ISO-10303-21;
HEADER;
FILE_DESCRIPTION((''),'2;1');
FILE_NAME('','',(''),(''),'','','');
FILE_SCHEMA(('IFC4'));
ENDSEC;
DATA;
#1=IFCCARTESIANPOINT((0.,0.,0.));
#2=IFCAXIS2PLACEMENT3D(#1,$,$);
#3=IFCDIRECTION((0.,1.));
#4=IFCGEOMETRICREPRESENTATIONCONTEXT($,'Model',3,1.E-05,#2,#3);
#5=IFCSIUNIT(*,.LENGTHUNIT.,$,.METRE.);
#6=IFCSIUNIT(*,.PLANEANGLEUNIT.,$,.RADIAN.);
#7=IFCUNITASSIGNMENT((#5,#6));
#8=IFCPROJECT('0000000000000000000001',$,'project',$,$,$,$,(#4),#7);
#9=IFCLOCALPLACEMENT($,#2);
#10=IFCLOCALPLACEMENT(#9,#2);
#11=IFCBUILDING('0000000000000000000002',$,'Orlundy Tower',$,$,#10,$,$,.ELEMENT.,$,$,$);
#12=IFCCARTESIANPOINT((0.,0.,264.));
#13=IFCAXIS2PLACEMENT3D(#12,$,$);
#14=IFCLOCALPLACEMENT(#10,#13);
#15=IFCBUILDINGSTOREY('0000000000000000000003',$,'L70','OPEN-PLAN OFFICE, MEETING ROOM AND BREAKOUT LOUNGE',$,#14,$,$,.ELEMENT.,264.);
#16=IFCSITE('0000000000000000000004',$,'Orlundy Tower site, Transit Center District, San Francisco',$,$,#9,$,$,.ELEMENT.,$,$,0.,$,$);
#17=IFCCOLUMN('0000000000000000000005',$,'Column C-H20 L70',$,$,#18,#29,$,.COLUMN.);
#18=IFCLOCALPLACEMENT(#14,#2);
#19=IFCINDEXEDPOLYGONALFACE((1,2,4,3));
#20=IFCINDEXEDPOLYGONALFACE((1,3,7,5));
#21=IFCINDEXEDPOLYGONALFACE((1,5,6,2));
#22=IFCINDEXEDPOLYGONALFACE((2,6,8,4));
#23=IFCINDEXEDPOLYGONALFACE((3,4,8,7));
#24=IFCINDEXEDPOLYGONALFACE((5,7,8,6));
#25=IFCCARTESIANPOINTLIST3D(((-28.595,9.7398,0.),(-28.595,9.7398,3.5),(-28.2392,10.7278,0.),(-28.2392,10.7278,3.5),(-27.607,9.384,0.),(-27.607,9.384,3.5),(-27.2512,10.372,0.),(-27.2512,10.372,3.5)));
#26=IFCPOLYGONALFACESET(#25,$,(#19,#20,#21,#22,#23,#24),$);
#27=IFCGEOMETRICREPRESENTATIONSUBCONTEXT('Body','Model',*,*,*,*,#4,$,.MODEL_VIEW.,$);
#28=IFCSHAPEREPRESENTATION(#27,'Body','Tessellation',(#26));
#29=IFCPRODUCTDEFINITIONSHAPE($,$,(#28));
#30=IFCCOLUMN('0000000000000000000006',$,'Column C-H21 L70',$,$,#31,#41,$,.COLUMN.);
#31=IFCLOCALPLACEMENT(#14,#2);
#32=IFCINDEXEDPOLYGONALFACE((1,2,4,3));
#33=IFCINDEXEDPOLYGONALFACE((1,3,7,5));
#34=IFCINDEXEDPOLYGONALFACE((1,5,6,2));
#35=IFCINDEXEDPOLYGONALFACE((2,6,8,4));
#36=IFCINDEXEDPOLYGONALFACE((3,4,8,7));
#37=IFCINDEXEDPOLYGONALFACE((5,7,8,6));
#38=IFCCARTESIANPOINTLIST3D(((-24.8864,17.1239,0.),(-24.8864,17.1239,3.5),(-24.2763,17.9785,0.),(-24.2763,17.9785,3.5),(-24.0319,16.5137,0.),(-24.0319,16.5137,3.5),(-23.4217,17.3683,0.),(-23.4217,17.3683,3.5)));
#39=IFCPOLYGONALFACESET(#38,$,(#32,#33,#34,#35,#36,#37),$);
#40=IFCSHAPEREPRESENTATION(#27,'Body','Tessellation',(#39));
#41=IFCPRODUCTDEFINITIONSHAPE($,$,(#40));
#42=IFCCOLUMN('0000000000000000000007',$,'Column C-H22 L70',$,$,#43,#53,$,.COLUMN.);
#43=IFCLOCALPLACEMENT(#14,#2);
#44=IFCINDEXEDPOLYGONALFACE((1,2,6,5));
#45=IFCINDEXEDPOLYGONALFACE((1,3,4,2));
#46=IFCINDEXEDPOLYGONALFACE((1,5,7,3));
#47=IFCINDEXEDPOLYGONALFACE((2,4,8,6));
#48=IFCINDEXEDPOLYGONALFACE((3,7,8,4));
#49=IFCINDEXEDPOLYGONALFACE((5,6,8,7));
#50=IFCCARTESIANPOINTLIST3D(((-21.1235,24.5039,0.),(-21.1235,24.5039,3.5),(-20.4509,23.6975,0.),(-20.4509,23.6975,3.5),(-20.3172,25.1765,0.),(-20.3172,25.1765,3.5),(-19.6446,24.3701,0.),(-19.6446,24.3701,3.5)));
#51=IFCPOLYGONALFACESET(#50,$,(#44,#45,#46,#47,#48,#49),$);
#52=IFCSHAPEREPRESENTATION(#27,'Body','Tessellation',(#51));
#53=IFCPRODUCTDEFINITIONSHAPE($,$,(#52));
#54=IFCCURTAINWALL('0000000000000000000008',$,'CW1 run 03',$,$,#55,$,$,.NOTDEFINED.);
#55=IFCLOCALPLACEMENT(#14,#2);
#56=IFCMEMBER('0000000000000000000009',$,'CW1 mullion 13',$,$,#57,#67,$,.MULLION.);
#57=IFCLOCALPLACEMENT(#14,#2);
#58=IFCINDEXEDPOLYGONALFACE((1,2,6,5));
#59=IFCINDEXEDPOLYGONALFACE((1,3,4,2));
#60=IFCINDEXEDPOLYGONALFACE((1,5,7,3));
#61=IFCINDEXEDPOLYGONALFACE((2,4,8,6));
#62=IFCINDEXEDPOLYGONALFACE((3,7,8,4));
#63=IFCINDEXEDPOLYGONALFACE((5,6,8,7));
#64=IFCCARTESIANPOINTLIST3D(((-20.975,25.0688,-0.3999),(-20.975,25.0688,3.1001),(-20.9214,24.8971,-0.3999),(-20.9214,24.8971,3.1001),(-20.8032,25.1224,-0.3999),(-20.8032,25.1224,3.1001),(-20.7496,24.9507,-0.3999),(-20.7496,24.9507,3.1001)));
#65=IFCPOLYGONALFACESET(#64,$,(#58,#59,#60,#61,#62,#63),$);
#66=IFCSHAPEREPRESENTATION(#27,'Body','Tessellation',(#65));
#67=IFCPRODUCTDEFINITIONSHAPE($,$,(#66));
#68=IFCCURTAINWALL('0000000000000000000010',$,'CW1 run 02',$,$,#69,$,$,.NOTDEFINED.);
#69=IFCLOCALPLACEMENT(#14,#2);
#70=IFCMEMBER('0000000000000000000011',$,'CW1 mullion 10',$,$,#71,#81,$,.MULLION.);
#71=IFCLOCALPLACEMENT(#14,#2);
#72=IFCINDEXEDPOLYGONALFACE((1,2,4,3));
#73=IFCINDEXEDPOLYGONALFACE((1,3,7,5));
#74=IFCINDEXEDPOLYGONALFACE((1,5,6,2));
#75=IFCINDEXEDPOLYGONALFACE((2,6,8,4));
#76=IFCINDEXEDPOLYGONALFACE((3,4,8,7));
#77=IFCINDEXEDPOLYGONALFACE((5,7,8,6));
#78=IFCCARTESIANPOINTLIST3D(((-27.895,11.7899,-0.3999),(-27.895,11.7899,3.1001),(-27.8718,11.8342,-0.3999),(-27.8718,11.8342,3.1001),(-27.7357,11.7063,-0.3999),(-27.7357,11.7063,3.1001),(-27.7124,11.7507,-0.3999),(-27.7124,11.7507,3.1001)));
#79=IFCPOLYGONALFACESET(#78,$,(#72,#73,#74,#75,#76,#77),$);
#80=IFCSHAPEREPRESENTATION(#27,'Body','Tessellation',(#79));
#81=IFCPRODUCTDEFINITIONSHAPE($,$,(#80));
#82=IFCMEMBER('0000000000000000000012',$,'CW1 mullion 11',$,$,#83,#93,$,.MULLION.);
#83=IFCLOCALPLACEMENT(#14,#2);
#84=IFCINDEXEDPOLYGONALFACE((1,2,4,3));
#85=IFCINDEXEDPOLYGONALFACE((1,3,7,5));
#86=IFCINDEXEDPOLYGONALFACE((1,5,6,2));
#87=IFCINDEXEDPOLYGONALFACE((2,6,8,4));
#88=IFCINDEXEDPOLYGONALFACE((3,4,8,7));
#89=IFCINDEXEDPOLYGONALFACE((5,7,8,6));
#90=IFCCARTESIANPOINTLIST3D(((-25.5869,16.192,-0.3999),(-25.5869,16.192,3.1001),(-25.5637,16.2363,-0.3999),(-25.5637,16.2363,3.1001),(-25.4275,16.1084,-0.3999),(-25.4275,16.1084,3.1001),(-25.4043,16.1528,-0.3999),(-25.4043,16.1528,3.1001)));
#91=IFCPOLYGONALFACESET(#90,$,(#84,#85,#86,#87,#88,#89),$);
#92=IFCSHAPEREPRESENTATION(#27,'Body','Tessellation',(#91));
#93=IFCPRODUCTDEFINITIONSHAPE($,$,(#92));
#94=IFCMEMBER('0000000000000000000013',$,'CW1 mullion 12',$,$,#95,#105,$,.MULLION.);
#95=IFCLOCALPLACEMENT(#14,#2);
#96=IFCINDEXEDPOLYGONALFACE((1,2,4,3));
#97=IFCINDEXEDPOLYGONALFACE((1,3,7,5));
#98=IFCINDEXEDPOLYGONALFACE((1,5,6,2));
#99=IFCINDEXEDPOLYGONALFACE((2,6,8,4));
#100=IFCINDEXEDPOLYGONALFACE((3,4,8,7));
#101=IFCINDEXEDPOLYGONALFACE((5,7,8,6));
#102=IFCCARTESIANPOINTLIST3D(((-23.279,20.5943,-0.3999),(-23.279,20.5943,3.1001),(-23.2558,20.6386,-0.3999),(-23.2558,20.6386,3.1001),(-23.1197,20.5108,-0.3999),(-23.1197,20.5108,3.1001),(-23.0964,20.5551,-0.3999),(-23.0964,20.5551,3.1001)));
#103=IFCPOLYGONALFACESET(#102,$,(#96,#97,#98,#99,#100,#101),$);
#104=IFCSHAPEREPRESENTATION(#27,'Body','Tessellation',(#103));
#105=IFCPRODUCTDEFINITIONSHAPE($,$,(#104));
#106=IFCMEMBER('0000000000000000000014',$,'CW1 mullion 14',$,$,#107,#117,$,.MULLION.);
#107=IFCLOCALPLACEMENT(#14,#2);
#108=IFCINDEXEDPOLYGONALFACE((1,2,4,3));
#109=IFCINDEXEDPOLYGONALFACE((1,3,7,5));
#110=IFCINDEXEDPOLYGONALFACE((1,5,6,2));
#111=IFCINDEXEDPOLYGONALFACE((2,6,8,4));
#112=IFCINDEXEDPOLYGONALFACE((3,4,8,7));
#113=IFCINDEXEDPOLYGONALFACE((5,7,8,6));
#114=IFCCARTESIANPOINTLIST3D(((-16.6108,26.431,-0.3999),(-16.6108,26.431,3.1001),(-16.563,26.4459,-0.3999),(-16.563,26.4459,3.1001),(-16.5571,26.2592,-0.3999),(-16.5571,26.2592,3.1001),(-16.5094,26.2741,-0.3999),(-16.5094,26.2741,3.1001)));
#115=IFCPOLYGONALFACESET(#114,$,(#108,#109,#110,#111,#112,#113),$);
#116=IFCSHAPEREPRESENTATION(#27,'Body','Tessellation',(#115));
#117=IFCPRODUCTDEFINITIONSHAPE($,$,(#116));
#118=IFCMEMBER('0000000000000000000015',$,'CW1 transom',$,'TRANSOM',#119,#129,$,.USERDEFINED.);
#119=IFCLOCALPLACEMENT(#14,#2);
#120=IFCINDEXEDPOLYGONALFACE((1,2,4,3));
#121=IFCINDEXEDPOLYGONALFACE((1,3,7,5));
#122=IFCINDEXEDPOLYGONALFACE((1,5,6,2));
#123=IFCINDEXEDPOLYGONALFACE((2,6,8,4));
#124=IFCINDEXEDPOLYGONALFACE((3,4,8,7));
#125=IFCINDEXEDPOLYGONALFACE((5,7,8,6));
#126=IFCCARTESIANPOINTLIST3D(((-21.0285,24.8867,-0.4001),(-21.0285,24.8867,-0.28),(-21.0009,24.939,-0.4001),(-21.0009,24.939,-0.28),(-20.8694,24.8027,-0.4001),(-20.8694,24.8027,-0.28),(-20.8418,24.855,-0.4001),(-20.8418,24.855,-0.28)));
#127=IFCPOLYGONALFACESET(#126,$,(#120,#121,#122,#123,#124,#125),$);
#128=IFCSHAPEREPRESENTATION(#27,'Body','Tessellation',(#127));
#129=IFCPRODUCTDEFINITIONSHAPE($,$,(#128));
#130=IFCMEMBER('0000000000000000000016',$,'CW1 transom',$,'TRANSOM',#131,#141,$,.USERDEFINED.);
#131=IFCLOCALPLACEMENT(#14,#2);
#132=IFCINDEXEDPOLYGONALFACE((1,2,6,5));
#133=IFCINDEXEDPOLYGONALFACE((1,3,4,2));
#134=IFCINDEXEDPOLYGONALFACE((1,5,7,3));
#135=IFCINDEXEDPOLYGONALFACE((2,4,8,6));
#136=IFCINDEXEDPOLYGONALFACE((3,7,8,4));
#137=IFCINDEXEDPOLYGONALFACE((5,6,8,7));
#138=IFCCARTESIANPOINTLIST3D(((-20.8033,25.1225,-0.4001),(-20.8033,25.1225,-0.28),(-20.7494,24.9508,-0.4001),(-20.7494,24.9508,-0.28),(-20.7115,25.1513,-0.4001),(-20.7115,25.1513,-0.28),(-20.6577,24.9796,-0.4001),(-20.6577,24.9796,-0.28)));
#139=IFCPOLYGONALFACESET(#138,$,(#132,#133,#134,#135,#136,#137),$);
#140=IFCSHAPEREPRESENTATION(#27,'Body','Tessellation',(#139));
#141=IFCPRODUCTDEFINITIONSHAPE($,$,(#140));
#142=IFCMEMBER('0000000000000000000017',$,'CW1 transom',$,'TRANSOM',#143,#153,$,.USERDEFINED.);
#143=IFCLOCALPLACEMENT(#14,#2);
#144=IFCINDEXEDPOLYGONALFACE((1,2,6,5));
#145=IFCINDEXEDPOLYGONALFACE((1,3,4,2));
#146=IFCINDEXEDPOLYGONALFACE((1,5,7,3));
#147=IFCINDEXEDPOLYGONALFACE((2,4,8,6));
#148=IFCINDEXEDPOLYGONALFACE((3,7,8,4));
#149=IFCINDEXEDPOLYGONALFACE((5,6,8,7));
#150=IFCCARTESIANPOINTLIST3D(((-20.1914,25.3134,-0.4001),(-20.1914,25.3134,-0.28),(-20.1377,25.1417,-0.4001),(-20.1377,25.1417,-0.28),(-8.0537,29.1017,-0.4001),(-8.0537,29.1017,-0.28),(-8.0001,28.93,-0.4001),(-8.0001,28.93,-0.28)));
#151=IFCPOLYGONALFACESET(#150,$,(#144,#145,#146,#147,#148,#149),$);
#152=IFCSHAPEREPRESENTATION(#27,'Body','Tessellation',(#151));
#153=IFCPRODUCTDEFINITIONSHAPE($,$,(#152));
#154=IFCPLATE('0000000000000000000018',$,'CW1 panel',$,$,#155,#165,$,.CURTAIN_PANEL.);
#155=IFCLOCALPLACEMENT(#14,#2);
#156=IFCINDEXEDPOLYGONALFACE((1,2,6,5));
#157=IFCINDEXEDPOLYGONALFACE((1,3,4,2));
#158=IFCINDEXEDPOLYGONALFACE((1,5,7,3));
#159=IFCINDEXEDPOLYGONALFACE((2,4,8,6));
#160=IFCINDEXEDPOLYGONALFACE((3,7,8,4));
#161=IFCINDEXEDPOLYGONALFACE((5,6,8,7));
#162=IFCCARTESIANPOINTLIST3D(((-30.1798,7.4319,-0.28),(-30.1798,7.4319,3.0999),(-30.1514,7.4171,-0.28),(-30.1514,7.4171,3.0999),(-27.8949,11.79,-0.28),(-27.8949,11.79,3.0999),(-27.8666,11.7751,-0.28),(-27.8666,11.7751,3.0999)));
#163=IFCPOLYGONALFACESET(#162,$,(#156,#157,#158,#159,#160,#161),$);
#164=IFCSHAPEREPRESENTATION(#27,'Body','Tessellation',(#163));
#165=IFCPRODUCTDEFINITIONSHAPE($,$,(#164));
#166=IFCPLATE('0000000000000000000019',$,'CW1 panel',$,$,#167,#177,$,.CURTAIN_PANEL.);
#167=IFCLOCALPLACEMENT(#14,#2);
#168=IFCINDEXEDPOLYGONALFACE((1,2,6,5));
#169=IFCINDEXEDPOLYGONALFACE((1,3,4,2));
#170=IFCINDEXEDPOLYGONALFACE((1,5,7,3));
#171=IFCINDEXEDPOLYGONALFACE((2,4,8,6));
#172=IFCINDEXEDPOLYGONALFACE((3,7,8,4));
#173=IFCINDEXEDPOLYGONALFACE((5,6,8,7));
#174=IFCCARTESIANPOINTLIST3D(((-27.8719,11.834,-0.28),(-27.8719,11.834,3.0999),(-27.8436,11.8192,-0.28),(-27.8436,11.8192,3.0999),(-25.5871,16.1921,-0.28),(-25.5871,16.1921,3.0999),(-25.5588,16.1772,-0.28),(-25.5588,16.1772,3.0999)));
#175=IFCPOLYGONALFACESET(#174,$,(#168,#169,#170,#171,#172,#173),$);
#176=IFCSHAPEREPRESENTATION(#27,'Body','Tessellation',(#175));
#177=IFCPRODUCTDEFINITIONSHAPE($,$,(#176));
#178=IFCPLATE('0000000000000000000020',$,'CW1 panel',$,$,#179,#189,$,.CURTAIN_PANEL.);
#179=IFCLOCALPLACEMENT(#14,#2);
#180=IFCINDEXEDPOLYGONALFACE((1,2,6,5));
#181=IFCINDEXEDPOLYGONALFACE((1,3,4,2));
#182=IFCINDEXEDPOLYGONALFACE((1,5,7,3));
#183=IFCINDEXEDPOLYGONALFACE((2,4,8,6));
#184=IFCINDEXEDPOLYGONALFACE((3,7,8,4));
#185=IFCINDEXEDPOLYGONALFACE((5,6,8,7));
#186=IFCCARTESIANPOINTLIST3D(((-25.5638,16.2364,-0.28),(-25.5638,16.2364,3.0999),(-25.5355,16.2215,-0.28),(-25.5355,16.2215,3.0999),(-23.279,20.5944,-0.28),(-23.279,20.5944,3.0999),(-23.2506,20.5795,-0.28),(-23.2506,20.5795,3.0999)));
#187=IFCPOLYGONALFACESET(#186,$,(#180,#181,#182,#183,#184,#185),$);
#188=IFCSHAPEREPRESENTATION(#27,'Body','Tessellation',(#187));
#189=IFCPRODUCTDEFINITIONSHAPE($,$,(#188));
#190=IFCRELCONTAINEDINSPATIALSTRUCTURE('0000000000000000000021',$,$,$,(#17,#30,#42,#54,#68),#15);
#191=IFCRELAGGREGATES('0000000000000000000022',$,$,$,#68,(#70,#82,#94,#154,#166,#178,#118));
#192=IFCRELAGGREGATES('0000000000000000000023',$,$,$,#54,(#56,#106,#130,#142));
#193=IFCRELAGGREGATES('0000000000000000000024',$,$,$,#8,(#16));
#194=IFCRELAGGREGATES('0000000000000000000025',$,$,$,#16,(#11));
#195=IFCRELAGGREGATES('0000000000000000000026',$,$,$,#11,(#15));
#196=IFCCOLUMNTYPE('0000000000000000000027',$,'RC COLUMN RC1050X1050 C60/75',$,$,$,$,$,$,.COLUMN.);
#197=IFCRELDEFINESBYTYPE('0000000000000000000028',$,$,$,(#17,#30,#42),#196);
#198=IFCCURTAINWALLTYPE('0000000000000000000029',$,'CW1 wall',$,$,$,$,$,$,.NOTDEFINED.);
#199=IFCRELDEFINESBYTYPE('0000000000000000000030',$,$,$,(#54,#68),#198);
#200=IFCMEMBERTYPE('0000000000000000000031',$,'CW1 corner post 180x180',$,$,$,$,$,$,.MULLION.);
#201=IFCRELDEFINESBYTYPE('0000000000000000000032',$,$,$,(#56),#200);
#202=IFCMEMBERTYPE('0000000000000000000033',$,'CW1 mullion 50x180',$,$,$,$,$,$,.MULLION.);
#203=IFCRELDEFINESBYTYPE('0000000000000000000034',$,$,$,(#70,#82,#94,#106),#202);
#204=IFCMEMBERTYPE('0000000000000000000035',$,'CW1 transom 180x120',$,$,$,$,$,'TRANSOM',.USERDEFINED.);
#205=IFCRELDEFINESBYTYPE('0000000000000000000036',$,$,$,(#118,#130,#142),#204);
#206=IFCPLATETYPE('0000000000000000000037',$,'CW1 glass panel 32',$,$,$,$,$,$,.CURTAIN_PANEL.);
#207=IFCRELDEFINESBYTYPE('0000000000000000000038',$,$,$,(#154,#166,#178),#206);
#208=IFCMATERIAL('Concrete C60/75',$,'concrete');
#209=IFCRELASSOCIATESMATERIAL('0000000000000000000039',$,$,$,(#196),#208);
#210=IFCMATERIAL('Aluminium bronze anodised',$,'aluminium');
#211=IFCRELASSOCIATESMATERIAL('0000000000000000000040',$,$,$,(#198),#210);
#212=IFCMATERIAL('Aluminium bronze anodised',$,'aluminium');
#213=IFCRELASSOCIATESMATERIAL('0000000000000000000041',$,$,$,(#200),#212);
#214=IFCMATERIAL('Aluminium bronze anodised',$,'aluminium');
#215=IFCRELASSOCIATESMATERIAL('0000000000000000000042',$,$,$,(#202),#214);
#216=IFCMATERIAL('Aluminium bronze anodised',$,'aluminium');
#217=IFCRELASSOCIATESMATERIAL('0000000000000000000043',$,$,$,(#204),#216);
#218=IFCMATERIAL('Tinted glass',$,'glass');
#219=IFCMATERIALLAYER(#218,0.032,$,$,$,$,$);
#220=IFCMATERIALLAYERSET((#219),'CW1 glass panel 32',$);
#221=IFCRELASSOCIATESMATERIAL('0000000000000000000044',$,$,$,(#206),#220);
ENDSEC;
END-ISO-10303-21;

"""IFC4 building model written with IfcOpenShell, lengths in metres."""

from ifc_helpers import new_model, si_unit, direction, frame, origin, origin_2d, place, context, subcontext, project, spatial, rectangle, extrude, material, layer, layer_set, material_profile, profile_set, type_object, element, aggregate, save


model = new_model("IFC4")

# Units and contexts
model_context = context("Model", 3, precision=1e-05, world=origin(), true_north=direction((0.0, 1.0)))
body_context = subcontext(model_context, "Body", "Model", "MODEL_VIEW")
ifc_project = project(units=[si_unit("LENGTHUNIT", "METRE"), si_unit("PLANEANGLEUNIT", "RADIAN")], contexts=[model_context])

# Site, building, storey
site_placement = place(None, origin())
site = spatial("IfcSite", under=ifc_project, at=site_placement, Name="Orlundy Tower site, Transit Center District, San Francisco", CompositionType="ELEMENT", RefElevation=0.0)
building_placement = place(site_placement, origin())
building = spatial("IfcBuilding", under=site, at=building_placement, Name="Orlundy Tower", CompositionType="ELEMENT")
storey_placement = place(building_placement, frame((0.0, 0.0, 264.0)))
storey = spatial("IfcBuildingStorey", under=building, at=storey_placement, Name="L70", Description="OPEN-PLAN OFFICE, MEETING ROOM AND BREAKOUT LOUNGE", CompositionType="ELEMENT", Elevation=264.0)

# Columns
ifc_material_1 = material(Name="Concrete C60/75", Category="concrete")
ifc_material_profile_1 = material_profile(ifc_material_1, rectangle(XDim=1.05, YDim=1.05, at=origin_2d()), Name="RC1050X1050")
ifc_profile_set_1 = profile_set([ifc_material_profile_1], Name="Concrete C60/75")
column_type = type_object("IfcColumnType", Name="RC COLUMN RC1050X1050 C60/75", PredefinedType="COLUMN", material=ifc_profile_set_1)
for number, where, z_axis, x_axis, name in (
    (1, (-27.9231, 10.0559, 0.0), (0.0, 0.0, 1.0), (-0.940845, 0.338836, 0.0), "Column C-H20 L70"),
    (2, (-24.1541, 17.2461, 0.0), (0.0, 0.0, 1.0), (-0.813842, 0.581087, 0.0), "Column C-H21 L70"),
    (3, (-20.384, 24.437, 0.0), (0.0, 0.0, 1.0), (-0.640552, 0.767915, 0.0), "Column C-H22 L70"),
):
    element("IfcColumn", number, at=place(storey_placement, frame(where, z_axis=z_axis, x_axis=x_axis)), inside=storey, type_object=column_type, Name=name, PredefinedType="COLUMN", context=body_context, shape_type="SweptSolid", body=[
        extrude(rectangle(XDim=1.05, YDim=1.05, at=origin_2d()), origin(), (0.0, 0.0, 1.0), 3.5),
    ])

# Curtain wall, member
ifc_material_2 = material(Name="Aluminium bronze anodised", Category="aluminium")
curtain_wall_type = type_object("IfcCurtainWallType", Name="CW1 wall", PredefinedType="NOTDEFINED", material=ifc_material_2)
curtain_wall_1_placement = place(storey_placement, origin())
curtain_wall_1 = element("IfcCurtainWall", 4, at=curtain_wall_1_placement, inside=storey, type_object=curtain_wall_type, Name="CW1 run 03", PredefinedType="NOTDEFINED")
ifc_material_3 = material(Name="Aluminium bronze anodised", Category="aluminium")
ifc_material_profile_2 = material_profile(ifc_material_3, rectangle(XDim=0.1799, YDim=0.1799, at=origin_2d()), Name="CW1 corner post 180x180")
ifc_profile_set_2 = profile_set([ifc_material_profile_2], Name="Aluminium bronze anodised")
member_type_1 = type_object("IfcMemberType", Name="CW1 corner post 180x180", PredefinedType="MULLION", material=ifc_profile_set_2)
member_1_placement = place(storey_placement, frame((-20.8623, 25.0098, -0.3999), z_axis=(0.0, 0.0, 1.0), x_axis=(-0.297935, 0.954586, 0.0)))
member_1 = element("IfcMember", 5, at=member_1_placement, type_object=member_type_1, Name="CW1 mullion 13", PredefinedType="MULLION", context=body_context, shape_type="SweptSolid", body=[
    extrude(rectangle(XDim=0.1799, YDim=0.1799, at=origin_2d()), origin(), (0.0, 0.0, 1.0), 3.5),
])

# Curtain wall, members
curtain_wall_2_placement = place(storey_placement, origin())
curtain_wall_2 = element("IfcCurtainWall", 6, at=curtain_wall_2_placement, inside=storey, type_object=curtain_wall_type, Name="CW1 run 02", PredefinedType="NOTDEFINED")
ifc_material_4 = material(Name="Aluminium bronze anodised", Category="aluminium")
ifc_material_profile_3 = material_profile(ifc_material_4, rectangle(XDim=0.1799, YDim=0.05, at=origin_2d()), Name="CW1 mullion 50x180")
ifc_profile_set_3 = profile_set([ifc_material_profile_3], Name="Aluminium bronze anodised")
member_type_2 = type_object("IfcMemberType", Name="CW1 mullion 50x180", PredefinedType="MULLION", material=ifc_profile_set_3)
member_2_placement = place(storey_placement, frame((-27.8037, 11.7703, -0.3999), z_axis=(0.0, 0.0, 1.0), x_axis=(-0.885659, 0.464336, 0.0)))
member_2 = element("IfcMember", 7, at=member_2_placement, type_object=member_type_2, Name="CW1 mullion 10", PredefinedType="MULLION", context=body_context, shape_type="SweptSolid", body=[
    extrude(rectangle(XDim=0.1799, YDim=0.05, at=origin_2d()), origin(), (0.0, 0.0, 1.0), 3.5),
])
member_3_placement = place(storey_placement, frame((-25.4956, 16.1724, -0.3999), z_axis=(0.0, 0.0, 1.0), x_axis=(-0.885659, 0.464336, 0.0)))
member_3 = element("IfcMember", 8, at=member_3_placement, type_object=member_type_2, Name="CW1 mullion 11", PredefinedType="MULLION", context=body_context, shape_type="SweptSolid", body=[
    extrude(rectangle(XDim=0.1799, YDim=0.05, at=origin_2d()), origin(), (0.0, 0.0, 1.0), 3.5),
])
member_4_placement = place(storey_placement, frame((-23.1877, 20.5747, -0.3999), z_axis=(0.0, 0.0, 1.0), x_axis=(-0.885659, 0.464336, 0.0)))
member_4 = element("IfcMember", 9, at=member_4_placement, type_object=member_type_2, Name="CW1 mullion 12", PredefinedType="MULLION", context=body_context, shape_type="SweptSolid", body=[
    extrude(rectangle(XDim=0.1799, YDim=0.05, at=origin_2d()), origin(), (0.0, 0.0, 1.0), 3.5),
])

# Members
member_5_placement = place(storey_placement, frame((-16.5601, 26.3525, -0.3999), z_axis=(0.0, 0.0, 1.0), x_axis=(-0.297935, 0.954586, 0.0)))
member_5 = element("IfcMember", 10, at=member_5_placement, type_object=member_type_2, Name="CW1 mullion 14", PredefinedType="MULLION", context=body_context, shape_type="SweptSolid", body=[
    extrude(rectangle(XDim=0.1799, YDim=0.05, at=origin_2d()), origin(), (0.0, 0.0, 1.0), 3.5),
])
ifc_material_5 = material(Name="Aluminium bronze anodised", Category="aluminium")
ifc_material_profile_4 = material_profile(ifc_material_5, rectangle(XDim=0.1799, YDim=0.1201, at=origin_2d()), Name="CW1 transom 180x120")
ifc_profile_set_4 = profile_set([ifc_material_profile_4], Name="Aluminium bronze anodised")
member_type_3 = type_object("IfcMemberType", Name="CW1 transom 180x120", ElementType="TRANSOM", PredefinedType="USERDEFINED", material=ifc_profile_set_4)
member_6_placement = place(storey_placement, frame((-20.949, 24.8447, -0.3401), z_axis=(0.466938, 0.88429, 0.0), x_axis=(-0.88429, 0.466938, 0.0)))
member_6 = element("IfcMember", 11, at=member_6_placement, type_object=member_type_3, Name="CW1 transom", ObjectType="TRANSOM", PredefinedType="USERDEFINED", context=body_context, shape_type="SweptSolid", body=[
    extrude(rectangle(XDim=0.1799, YDim=0.1201, at=origin_2d()), origin(), (0.0, 0.0, 1.0), 0.0591),
])
member_7_placement = place(storey_placement, frame((-20.7764, 25.0366, -0.3401), z_axis=(0.954118, 0.299431, 0.0), x_axis=(-0.299431, 0.954118, 0.0)))
member_7 = element("IfcMember", 12, at=member_7_placement, type_object=member_type_3, Name="CW1 transom", ObjectType="TRANSOM", PredefinedType="USERDEFINED", context=body_context, shape_type="SweptSolid", body=[
    extrude(rectangle(XDim=0.1799, YDim=0.1201, at=origin_2d()), origin(), (0.0, 0.0, 1.0), 0.0962),
])
member_8_placement = place(storey_placement, frame((-20.1646, 25.2275, -0.3401), z_axis=(0.954585, 0.297938, 0.0), x_axis=(-0.297938, 0.954585, 0.0)))
member_8 = element("IfcMember", 13, at=member_8_placement, type_object=member_type_3, Name="CW1 transom", ObjectType="TRANSOM", PredefinedType="USERDEFINED", context=body_context, shape_type="SweptSolid", body=[
    extrude(rectangle(XDim=0.1799, YDim=0.1201, at=origin_2d()), origin(), (0.0, 0.0, 1.0), 12.7151),
])

# Plates
ifc_material_6 = material(Name="Tinted glass", Category="glass")
ifc_layer_1 = layer(ifc_material_6, 0.032)
ifc_layer_set_1 = layer_set([ifc_layer_1], Name="CW1 glass panel 32")
plate_type = type_object("IfcPlateType", Name="CW1 glass panel 32", PredefinedType="CURTAIN_PANEL", material=ifc_layer_set_1)
plate_1_placement = place(storey_placement, frame((-29.0232, 9.6035, -0.28), z_axis=(0.0, 0.0, 1.0), x_axis=(0.464336, 0.885659, 0.0)))
plate_1 = element("IfcPlate", 14, at=plate_1_placement, type_object=plate_type, Name="CW1 panel", PredefinedType="CURTAIN_PANEL", context=body_context, shape_type="SweptSolid", body=[
    extrude(rectangle(XDim=4.9207, YDim=0.032, at=origin_2d()), origin(), (0.0, 0.0, 1.0), 3.3799),
])
plate_2_placement = place(storey_placement, frame((-26.7153, 14.0056, -0.28), z_axis=(0.0, 0.0, 1.0), x_axis=(0.464336, 0.885659, 0.0)))
plate_2 = element("IfcPlate", 15, at=plate_2_placement, type_object=plate_type, Name="CW1 panel", PredefinedType="CURTAIN_PANEL", context=body_context, shape_type="SweptSolid", body=[
    extrude(rectangle(XDim=4.9207, YDim=0.032, at=origin_2d()), origin(), (0.0, 0.0, 1.0), 3.3799),
])
plate_3_placement = place(storey_placement, frame((-24.4072, 18.408, -0.28), z_axis=(0.0, 0.0, 1.0), x_axis=(0.464336, 0.885659, 0.0)))
plate_3 = element("IfcPlate", 16, at=plate_3_placement, type_object=plate_type, Name="CW1 panel", PredefinedType="CURTAIN_PANEL", context=body_context, shape_type="SweptSolid", body=[
    extrude(rectangle(XDim=4.9207, YDim=0.032, at=origin_2d()), origin(), (0.0, 0.0, 1.0), 3.3799),
])
aggregate(curtain_wall_2, [member_2, member_3, member_4, plate_1, plate_2, plate_3, member_6])
aggregate(curtain_wall_1, [member_1, member_5, member_7, member_8])

save(model, "model.ifc")
